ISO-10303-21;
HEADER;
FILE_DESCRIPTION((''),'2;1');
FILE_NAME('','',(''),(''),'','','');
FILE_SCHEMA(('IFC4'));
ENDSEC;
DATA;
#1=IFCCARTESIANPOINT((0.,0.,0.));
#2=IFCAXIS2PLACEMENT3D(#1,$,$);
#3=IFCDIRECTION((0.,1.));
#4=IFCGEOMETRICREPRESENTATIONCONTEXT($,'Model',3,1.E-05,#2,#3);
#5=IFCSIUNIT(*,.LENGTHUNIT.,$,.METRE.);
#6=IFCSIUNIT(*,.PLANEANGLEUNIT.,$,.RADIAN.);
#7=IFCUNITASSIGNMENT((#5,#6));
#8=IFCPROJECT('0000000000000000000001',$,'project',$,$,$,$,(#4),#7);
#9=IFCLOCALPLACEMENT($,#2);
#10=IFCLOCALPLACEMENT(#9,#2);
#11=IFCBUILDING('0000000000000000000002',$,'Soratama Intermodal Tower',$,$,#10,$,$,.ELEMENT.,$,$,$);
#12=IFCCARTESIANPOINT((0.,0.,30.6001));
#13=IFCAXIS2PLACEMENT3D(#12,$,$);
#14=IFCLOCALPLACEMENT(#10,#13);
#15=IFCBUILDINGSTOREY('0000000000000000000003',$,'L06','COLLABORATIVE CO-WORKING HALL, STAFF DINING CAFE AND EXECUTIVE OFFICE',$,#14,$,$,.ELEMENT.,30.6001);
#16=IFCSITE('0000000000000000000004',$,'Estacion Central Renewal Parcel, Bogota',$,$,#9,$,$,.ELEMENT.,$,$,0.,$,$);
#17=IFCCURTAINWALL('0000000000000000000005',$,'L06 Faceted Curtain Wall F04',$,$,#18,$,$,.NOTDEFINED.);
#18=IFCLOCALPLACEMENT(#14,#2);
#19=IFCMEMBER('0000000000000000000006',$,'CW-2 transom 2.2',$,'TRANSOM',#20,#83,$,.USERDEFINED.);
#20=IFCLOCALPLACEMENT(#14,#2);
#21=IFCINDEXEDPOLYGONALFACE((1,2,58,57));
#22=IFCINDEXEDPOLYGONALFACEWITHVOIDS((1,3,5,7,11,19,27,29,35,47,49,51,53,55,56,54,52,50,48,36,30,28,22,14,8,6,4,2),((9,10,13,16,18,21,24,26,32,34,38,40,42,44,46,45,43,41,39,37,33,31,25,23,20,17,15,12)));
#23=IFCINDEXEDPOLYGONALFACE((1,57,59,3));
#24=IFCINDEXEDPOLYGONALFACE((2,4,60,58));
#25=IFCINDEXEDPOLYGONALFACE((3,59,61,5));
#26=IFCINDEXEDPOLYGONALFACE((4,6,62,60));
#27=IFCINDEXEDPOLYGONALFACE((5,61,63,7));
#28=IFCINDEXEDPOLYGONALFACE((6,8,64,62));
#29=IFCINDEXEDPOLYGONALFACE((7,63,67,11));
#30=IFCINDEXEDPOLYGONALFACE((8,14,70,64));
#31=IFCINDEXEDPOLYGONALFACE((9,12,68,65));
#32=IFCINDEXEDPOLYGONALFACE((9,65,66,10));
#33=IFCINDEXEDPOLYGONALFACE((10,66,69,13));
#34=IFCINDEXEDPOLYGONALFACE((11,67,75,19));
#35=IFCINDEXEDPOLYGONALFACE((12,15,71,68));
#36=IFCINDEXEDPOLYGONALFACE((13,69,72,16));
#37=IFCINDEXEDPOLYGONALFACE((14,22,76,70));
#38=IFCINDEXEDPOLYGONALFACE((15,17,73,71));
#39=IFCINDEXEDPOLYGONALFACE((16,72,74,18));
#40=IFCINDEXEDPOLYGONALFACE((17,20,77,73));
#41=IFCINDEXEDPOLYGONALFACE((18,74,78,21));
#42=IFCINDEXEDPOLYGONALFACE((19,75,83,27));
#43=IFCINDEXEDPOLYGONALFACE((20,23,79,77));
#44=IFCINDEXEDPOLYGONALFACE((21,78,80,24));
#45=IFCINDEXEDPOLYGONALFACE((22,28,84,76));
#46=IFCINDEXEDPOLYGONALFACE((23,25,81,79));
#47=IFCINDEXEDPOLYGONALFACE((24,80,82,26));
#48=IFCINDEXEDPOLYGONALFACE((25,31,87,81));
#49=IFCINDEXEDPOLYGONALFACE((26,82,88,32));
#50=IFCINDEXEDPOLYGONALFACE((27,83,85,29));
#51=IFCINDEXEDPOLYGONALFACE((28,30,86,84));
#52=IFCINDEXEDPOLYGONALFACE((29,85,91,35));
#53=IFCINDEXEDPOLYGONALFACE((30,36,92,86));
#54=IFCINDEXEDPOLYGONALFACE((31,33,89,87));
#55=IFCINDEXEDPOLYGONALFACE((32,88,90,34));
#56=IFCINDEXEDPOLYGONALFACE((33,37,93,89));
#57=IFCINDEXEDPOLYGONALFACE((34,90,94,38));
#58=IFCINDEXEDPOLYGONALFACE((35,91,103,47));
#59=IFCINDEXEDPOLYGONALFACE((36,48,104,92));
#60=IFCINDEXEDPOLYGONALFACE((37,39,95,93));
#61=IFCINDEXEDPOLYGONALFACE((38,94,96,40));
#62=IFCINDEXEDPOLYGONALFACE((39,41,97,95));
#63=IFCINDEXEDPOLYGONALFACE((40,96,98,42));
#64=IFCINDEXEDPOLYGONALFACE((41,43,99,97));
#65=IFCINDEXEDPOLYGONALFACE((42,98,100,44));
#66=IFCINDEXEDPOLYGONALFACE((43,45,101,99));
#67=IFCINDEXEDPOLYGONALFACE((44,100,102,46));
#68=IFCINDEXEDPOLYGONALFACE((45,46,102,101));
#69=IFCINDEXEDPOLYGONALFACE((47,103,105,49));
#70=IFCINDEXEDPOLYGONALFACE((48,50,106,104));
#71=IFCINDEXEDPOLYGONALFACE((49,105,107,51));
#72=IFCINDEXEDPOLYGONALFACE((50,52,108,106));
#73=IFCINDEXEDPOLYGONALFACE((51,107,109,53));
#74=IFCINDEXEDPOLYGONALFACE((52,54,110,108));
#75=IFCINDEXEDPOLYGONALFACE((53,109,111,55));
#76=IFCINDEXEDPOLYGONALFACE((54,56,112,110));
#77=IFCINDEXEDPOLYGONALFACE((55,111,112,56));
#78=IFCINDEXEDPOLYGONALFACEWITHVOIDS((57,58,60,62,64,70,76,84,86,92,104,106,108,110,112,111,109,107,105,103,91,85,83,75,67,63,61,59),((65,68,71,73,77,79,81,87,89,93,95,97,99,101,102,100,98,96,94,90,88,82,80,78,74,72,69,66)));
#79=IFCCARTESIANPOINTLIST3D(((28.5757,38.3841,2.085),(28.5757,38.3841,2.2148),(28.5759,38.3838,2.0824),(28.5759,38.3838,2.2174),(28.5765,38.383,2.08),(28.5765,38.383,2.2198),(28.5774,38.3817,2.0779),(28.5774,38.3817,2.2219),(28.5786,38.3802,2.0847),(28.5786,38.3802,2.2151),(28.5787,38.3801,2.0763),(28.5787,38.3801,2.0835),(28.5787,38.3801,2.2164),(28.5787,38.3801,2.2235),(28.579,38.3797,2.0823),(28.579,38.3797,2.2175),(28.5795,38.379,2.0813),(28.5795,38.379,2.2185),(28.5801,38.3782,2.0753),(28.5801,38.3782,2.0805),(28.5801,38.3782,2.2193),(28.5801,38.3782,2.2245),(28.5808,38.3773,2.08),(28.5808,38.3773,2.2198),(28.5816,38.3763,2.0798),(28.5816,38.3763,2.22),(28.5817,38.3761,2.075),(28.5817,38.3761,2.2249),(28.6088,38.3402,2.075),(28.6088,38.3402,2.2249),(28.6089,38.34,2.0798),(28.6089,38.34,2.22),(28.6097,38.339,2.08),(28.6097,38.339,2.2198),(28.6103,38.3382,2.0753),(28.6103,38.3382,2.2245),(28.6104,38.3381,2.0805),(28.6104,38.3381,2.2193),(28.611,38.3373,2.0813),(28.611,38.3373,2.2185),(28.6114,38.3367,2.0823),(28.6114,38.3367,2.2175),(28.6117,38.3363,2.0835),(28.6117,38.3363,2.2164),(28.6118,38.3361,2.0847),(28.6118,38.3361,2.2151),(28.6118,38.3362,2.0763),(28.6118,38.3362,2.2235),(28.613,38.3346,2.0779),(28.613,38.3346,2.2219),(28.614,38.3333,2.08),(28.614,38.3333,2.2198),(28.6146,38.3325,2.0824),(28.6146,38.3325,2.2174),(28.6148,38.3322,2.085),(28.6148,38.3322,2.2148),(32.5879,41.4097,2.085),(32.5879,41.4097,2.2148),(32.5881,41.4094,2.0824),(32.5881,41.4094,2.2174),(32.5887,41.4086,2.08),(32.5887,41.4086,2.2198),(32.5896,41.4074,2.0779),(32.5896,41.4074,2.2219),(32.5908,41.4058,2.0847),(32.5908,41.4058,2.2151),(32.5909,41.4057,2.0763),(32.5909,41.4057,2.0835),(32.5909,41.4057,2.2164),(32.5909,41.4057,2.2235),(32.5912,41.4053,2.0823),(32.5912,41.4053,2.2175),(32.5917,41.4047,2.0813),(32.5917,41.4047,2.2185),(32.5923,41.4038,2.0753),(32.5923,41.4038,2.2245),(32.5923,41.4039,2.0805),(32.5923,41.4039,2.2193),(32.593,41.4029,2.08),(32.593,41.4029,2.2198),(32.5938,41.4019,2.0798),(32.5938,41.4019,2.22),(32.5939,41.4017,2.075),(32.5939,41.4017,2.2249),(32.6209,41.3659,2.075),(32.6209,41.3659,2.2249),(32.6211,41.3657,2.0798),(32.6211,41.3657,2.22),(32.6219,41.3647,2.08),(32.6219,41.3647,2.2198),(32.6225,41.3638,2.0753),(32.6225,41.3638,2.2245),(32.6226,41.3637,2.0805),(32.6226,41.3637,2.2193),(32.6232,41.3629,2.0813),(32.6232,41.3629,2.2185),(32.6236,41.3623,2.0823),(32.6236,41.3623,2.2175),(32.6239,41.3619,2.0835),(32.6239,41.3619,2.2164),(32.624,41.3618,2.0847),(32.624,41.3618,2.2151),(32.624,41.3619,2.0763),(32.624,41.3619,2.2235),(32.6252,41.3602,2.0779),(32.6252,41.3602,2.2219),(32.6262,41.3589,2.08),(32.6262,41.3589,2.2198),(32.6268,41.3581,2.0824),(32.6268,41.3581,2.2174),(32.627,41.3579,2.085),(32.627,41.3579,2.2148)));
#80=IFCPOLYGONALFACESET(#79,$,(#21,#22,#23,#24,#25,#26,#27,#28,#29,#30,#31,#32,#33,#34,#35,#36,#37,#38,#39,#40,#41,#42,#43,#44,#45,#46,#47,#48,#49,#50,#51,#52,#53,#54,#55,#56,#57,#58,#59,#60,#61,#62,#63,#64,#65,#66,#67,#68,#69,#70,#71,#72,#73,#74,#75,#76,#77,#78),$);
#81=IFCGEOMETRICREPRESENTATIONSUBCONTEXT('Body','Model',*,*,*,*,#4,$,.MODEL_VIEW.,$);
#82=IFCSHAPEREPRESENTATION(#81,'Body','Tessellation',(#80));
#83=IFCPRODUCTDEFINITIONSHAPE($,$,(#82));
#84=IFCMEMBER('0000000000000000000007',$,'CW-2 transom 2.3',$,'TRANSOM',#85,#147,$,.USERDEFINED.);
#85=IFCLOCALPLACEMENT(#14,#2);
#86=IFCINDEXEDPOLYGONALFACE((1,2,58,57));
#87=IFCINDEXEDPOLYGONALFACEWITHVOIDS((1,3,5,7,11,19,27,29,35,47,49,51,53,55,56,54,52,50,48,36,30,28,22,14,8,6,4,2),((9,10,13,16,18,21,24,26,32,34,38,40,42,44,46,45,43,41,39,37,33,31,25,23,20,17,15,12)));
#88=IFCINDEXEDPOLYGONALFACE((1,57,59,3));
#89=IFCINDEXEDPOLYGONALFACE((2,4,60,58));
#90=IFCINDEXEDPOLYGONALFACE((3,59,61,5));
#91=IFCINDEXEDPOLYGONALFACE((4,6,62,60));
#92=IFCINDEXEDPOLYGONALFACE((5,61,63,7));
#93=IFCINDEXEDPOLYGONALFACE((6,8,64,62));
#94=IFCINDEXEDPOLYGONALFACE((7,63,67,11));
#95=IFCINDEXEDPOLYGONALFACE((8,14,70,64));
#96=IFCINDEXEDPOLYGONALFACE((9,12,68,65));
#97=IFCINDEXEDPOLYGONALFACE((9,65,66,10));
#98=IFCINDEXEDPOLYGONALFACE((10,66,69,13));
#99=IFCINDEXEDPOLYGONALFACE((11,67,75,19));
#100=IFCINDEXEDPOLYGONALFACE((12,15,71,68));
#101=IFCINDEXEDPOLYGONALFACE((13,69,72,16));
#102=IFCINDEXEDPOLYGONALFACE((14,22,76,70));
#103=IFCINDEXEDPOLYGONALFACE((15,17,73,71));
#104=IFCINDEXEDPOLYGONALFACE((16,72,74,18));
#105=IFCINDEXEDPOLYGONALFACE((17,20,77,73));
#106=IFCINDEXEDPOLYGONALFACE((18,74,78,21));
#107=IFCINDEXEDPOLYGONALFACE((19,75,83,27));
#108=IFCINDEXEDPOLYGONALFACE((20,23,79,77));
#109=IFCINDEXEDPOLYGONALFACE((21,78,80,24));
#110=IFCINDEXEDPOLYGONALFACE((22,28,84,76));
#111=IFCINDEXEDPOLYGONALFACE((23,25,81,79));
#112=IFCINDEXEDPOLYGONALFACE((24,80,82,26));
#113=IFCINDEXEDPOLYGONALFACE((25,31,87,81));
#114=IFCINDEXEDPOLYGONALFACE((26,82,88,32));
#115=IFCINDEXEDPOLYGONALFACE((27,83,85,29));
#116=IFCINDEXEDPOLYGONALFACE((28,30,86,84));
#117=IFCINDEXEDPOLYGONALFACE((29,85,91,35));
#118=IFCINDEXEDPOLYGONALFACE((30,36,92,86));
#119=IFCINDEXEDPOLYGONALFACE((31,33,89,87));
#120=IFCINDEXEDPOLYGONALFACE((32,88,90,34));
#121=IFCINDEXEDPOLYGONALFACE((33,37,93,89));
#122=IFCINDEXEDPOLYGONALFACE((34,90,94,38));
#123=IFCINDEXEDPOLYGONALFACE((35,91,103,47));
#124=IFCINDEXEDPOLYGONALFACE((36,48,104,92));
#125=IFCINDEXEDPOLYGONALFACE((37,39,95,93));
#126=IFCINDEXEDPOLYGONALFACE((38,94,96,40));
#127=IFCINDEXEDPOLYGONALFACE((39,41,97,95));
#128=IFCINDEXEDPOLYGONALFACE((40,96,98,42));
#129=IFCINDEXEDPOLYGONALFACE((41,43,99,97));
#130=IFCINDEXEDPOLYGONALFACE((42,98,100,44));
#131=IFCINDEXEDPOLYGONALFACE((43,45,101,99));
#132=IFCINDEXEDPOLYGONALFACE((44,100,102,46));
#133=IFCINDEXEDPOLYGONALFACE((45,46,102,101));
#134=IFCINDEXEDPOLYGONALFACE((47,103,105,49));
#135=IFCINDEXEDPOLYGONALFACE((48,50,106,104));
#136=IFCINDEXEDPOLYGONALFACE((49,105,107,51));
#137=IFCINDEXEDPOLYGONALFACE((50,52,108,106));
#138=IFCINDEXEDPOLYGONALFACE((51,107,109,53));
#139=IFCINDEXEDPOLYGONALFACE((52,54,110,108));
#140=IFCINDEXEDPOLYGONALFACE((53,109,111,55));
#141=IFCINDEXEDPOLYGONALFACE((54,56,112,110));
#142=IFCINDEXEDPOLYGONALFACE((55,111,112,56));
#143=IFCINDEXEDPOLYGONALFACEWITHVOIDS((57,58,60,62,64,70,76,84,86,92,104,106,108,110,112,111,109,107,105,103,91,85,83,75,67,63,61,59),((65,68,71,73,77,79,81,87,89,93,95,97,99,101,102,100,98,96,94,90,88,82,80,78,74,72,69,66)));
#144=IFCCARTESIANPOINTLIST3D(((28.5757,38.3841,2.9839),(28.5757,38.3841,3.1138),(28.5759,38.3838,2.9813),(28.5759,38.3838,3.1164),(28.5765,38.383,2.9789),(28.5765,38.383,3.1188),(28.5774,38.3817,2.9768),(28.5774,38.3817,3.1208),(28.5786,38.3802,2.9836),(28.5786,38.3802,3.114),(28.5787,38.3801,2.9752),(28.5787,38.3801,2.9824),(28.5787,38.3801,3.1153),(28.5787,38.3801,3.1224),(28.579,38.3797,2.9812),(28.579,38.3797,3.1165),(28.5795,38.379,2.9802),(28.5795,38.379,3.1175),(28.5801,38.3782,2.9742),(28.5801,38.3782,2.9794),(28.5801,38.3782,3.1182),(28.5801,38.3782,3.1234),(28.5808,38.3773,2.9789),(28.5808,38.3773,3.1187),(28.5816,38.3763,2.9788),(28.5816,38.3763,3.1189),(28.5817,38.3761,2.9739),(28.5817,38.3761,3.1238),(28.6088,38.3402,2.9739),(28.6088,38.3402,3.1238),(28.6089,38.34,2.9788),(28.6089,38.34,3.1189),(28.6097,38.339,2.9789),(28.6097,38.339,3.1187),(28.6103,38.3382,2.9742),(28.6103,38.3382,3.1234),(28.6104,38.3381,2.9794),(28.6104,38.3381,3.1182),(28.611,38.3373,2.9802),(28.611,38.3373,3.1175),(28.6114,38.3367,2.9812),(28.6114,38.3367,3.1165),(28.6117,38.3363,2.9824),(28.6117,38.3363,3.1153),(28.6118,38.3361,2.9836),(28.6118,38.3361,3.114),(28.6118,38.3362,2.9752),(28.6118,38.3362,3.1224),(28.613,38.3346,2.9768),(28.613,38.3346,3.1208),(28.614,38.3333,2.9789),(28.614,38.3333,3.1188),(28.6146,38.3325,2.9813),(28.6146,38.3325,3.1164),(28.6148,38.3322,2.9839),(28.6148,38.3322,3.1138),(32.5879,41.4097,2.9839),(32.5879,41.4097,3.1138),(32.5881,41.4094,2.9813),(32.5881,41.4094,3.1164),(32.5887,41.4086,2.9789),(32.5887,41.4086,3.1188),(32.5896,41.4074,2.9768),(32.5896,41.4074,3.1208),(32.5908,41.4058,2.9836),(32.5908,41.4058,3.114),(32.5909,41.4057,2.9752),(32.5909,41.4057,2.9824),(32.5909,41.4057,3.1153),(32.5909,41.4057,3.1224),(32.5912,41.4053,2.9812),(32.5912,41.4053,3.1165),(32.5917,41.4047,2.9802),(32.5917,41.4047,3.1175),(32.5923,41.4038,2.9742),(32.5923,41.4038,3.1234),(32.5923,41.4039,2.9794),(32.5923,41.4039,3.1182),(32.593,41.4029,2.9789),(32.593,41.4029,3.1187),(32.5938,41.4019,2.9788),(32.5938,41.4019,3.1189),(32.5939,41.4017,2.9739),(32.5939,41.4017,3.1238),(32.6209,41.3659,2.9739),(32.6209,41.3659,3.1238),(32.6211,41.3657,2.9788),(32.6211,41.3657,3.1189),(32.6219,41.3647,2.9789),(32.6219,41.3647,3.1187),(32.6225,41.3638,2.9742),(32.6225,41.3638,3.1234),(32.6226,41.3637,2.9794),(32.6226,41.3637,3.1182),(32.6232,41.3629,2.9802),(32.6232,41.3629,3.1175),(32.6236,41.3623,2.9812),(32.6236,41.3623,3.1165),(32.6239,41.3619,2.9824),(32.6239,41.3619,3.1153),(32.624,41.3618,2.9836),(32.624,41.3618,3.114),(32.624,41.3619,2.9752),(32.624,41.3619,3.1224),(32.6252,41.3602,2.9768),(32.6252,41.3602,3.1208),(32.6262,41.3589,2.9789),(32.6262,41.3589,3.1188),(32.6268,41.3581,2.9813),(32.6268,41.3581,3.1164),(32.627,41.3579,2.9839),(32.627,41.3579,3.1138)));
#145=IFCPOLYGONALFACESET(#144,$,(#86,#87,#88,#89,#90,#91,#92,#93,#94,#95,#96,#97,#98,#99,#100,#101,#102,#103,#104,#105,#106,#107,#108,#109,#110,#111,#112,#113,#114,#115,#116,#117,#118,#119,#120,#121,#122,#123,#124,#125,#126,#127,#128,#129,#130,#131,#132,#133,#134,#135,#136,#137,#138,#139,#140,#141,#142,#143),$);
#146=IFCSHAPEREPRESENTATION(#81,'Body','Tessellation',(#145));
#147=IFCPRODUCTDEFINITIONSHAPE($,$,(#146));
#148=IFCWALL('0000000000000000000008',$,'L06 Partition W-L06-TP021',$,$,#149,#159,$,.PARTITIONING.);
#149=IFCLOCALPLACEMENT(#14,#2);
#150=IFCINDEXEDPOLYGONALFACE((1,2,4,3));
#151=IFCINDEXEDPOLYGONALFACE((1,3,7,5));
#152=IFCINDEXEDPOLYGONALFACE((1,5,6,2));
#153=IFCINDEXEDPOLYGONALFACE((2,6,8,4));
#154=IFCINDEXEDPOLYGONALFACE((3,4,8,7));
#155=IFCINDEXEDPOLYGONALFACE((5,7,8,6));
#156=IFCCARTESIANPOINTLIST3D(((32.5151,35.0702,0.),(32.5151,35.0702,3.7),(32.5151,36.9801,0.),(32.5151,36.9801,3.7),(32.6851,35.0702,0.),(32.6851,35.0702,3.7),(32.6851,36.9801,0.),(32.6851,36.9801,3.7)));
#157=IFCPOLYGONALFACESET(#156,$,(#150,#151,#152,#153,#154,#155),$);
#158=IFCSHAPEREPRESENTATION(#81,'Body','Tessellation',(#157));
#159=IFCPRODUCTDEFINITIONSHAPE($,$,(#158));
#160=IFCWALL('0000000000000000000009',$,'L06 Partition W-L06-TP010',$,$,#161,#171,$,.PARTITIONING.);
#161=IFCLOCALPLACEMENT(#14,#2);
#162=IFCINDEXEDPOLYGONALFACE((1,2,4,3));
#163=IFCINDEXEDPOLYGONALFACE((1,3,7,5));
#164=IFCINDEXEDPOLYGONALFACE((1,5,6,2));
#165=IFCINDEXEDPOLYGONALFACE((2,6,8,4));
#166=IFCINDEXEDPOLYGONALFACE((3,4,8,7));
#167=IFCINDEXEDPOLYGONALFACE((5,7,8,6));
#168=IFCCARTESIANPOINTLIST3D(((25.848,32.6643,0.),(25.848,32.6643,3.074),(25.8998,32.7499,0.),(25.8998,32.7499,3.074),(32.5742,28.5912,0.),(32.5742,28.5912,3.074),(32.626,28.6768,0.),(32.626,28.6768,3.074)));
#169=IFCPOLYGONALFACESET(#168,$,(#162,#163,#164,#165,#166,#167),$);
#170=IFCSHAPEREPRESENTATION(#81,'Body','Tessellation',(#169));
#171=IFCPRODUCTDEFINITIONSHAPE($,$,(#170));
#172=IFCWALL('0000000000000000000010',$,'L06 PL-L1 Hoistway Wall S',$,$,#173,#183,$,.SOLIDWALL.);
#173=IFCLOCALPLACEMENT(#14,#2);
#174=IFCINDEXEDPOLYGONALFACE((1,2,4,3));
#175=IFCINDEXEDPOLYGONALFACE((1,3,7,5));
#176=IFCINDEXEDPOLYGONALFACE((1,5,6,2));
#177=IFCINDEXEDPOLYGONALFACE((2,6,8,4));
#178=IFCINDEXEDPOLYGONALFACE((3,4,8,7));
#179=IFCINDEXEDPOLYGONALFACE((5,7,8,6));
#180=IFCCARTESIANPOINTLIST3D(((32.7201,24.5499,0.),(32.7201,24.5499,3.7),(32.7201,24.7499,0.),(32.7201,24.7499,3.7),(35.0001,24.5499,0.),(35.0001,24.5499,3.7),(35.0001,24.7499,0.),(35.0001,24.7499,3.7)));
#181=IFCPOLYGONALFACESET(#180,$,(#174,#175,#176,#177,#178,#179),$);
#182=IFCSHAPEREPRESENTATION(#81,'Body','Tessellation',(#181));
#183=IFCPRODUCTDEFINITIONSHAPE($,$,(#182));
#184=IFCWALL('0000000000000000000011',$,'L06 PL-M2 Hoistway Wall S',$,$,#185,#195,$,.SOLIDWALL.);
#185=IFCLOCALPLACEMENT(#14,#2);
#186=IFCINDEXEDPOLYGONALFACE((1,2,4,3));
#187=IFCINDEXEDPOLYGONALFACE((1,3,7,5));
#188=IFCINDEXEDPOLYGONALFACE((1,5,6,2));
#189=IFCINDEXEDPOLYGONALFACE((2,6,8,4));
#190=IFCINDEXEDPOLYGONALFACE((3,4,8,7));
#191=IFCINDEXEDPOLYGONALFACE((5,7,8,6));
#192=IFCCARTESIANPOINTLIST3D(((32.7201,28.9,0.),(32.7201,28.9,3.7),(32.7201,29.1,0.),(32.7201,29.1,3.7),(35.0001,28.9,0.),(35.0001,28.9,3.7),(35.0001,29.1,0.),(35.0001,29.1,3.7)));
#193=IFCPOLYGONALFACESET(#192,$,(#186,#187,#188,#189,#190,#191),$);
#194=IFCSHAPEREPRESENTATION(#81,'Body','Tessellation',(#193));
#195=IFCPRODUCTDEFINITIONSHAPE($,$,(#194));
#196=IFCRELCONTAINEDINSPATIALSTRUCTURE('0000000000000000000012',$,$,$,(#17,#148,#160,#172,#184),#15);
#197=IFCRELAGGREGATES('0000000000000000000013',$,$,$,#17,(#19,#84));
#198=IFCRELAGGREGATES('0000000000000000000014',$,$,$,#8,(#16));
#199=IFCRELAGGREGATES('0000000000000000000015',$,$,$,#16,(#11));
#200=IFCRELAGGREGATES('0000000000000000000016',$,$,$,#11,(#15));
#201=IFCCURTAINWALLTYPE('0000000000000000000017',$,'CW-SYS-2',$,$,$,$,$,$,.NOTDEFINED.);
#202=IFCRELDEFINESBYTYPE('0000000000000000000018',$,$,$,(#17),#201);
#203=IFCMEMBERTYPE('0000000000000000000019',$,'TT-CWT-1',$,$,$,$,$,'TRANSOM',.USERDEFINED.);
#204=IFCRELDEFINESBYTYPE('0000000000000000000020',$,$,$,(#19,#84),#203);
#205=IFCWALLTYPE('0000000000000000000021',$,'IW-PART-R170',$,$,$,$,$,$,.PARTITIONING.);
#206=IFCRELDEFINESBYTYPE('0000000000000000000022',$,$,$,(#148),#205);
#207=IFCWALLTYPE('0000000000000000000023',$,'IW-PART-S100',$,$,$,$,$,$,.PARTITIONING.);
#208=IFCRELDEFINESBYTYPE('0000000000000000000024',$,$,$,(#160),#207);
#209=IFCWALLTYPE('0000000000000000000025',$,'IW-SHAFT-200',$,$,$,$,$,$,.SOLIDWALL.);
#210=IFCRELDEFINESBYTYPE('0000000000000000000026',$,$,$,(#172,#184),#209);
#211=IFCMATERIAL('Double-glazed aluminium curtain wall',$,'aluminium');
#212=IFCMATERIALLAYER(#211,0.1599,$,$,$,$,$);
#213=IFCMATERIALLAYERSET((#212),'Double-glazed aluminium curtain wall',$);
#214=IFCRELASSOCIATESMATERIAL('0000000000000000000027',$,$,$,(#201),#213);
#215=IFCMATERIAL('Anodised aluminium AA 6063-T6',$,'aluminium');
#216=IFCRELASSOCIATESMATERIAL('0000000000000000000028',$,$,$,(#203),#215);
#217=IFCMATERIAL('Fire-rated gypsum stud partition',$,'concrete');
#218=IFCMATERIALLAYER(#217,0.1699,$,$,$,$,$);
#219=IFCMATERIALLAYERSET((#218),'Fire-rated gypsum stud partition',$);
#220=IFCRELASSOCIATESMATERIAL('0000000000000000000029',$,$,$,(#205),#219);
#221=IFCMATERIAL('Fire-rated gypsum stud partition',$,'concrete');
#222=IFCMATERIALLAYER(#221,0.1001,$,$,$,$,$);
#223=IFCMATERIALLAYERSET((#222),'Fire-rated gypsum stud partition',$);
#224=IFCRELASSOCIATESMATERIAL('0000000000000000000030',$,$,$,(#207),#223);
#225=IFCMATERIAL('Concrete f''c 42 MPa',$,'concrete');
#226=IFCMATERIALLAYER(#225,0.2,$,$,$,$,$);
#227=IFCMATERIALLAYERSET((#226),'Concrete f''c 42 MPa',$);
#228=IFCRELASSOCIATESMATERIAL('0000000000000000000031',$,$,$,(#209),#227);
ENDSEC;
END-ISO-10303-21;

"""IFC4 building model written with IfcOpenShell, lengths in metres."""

from ifc_helpers import new_model, si_unit, direction, frame, frame_2d, origin, origin_2d, place, context, subcontext, project, spatial, rectangle, hollow_rectangle, extrude, material, layer, layer_set, material_profile, profile_set, type_object, element, aggregate, save


model = new_model("IFC4")

# Units and contexts
model_context = context("Model", 3, precision=1e-05, world=origin(), true_north=direction((0.0, 1.0)))
body_context = subcontext(model_context, "Body", "Model", "MODEL_VIEW")
ifc_project = project(units=[si_unit("LENGTHUNIT", "METRE"), si_unit("PLANEANGLEUNIT", "RADIAN")], contexts=[model_context])

# Site, building, storey
site_placement = place(None, origin())
site = spatial("IfcSite", under=ifc_project, at=site_placement, Name="Estacion Central Renewal Parcel, Bogota", CompositionType="ELEMENT", RefElevation=0.0)
building_placement = place(site_placement, origin())
building = spatial("IfcBuilding", under=site, at=building_placement, Name="Soratama Intermodal Tower", CompositionType="ELEMENT")
storey_placement = place(building_placement, frame((0.0, 0.0, 30.6001)))
storey = spatial("IfcBuildingStorey", under=building, at=storey_placement, Name="L06", Description="COLLABORATIVE CO-WORKING HALL, STAFF DINING CAFE AND EXECUTIVE OFFICE", CompositionType="ELEMENT", Elevation=30.6001)

# Curtain wall, members
ifc_material_1 = material(Name="Double-glazed aluminium curtain wall", Category="aluminium")
ifc_layer_1 = layer(ifc_material_1, 0.1599)
ifc_layer_set_1 = layer_set([ifc_layer_1], Name="Double-glazed aluminium curtain wall")
curtain_wall_type = type_object("IfcCurtainWallType", Name="CW-SYS-2", PredefinedType="NOTDEFINED", material=ifc_layer_set_1)
curtain_wall_placement = place(storey_placement, origin())
curtain_wall = element("IfcCurtainWall", 1, at=curtain_wall_placement, inside=storey, type_object=curtain_wall_type, Name="L06 Faceted Curtain Wall F04", PredefinedType="NOTDEFINED")
ifc_material_2 = material(Name="Anodised aluminium AA 6063-T6", Category="aluminium")
ifc_material_profile_1 = material_profile(ifc_material_2, hollow_rectangle(XDim=0.0649, YDim=0.1499, WallThickness=0.0049, InnerFilletRadius=0.0049, OuterFilletRadius=0.01, at=origin_2d()), Name="CWT150X65X5")
ifc_profile_set_1 = profile_set([ifc_material_profile_1], Name="Anodised aluminium AA 6063-T6")
member_type_1 = type_object("IfcMemberType", Name="TT-CWT-1", ElementType="TRANSOM", PredefinedType="USERDEFINED", material=ifc_profile_set_1)
member_1_placement = place(storey_placement, frame((32.6074, 41.3838, 2.1499), z_axis=(-0.798423, -0.602097, 0.0), x_axis=(0.602097, -0.798423, 0.0)))
member_1 = element("IfcMember", 2, at=member_1_placement, type_object=member_type_1, Name="CW-2 transom 2.2", ObjectType="TRANSOM", PredefinedType="USERDEFINED", context=body_context, shape_type="SweptSolid", body=[
    extrude(hollow_rectangle(XDim=0.0649, YDim=0.1499, WallThickness=0.0049, InnerFilletRadius=0.0049, OuterFilletRadius=0.01, at=origin_2d()), origin(), (0.0, 0.0, 1.0), 5.0251),
])
member_2_placement = place(storey_placement, frame((32.6074, 41.3838, 3.0488), z_axis=(-0.798423, -0.602097, 0.0), x_axis=(0.602097, -0.798423, 0.0)))
member_2 = element("IfcMember", 3, at=member_2_placement, type_object=member_type_1, Name="CW-2 transom 2.3", ObjectType="TRANSOM", PredefinedType="USERDEFINED", context=body_context, shape_type="SweptSolid", body=[
    extrude(hollow_rectangle(XDim=0.0649, YDim=0.1499, WallThickness=0.0049, InnerFilletRadius=0.0049, OuterFilletRadius=0.01, at=origin_2d()), origin(), (0.0, 0.0, 1.0), 5.0251),
])
aggregate(curtain_wall, [member_1, member_2])

# Shared definitions
ifc_material_3 = material(Name="Fire-rated gypsum stud partition", Category="concrete")
ifc_layer_2 = layer(ifc_material_3, 0.1699)
ifc_layer_set_2 = layer_set([ifc_layer_2], Name="Fire-rated gypsum stud partition")
wall_type_1 = type_object("IfcWallType", Name="IW-PART-R170", PredefinedType="PARTITIONING", material=ifc_layer_set_2)

# Walls
wall_1_placement = place(storey_placement, frame((32.6001, 35.0701, 0.0), z_axis=(0.0, 0.0, 1.0), x_axis=(0.0, 1.0, 0.0)))
element("IfcWall", 4, at=wall_1_placement, inside=storey, type_object=wall_type_1, Name="L06 Partition W-L06-TP021", PredefinedType="PARTITIONING", context=body_context, shape_type="SweptSolid", body=[
    extrude(rectangle(XDim=1.9099, YDim=0.1699, at=frame_2d((0.9551, 0.0))), origin(), (0.0, 0.0, 1.0), 3.7),
])
ifc_material_4 = material(Name="Fire-rated gypsum stud partition", Category="concrete")
ifc_layer_3 = layer(ifc_material_4, 0.1001)
ifc_layer_set_3 = layer_set([ifc_layer_3], Name="Fire-rated gypsum stud partition")
wall_type_2 = type_object("IfcWallType", Name="IW-PART-S100", PredefinedType="PARTITIONING", material=ifc_layer_set_3)
wall_2_placement = place(storey_placement, frame((32.6001, 28.634, 0.0), z_axis=(0.0, 0.0, 1.0), x_axis=(-0.85539, 0.517984, 0.0)))
element("IfcWall", 5, at=wall_2_placement, inside=storey, type_object=wall_type_2, Name="L06 Partition W-L06-TP010", PredefinedType="PARTITIONING", context=body_context, shape_type="SweptSolid", body=[
    extrude(rectangle(XDim=7.8633, YDim=0.1001, at=frame_2d((3.9316, 0.0))), origin(), (0.0, 0.0, 1.0), 3.074),
])
ifc_material_5 = material(Name="Concrete f'c 42 MPa", Category="concrete")
ifc_layer_4 = layer(ifc_material_5, 0.2)
ifc_layer_set_4 = layer_set([ifc_layer_4], Name="Concrete f'c 42 MPa")
wall_type_3 = type_object("IfcWallType", Name="IW-SHAFT-200", PredefinedType="SOLIDWALL", material=ifc_layer_set_4)
wall_3_placement = place(storey_placement, frame((32.72, 24.6499, 0.0), z_axis=(0.0, 0.0, 1.0), x_axis=(1.0, 0.0, 0.0)))
element("IfcWall", 6, at=wall_3_placement, inside=storey, type_object=wall_type_3, Name="L06 PL-L1 Hoistway Wall S", PredefinedType="SOLIDWALL", context=body_context, shape_type="SweptSolid", body=[
    extrude(rectangle(XDim=2.28, YDim=0.2, at=frame_2d((1.1401, 0.0))), origin(), (0.0, 0.0, 1.0), 3.7),
])

# Wall
wall_4_placement = place(storey_placement, frame((32.72, 29.0, 0.0), z_axis=(0.0, 0.0, 1.0), x_axis=(1.0, 0.0, 0.0)))
element("IfcWall", 7, at=wall_4_placement, inside=storey, type_object=wall_type_3, Name="L06 PL-M2 Hoistway Wall S", PredefinedType="SOLIDWALL", context=body_context, shape_type="SweptSolid", body=[
    extrude(rectangle(XDim=2.28, YDim=0.2, at=frame_2d((1.1401, 0.0))), origin(), (0.0, 0.0, 1.0), 3.7),
])

save(model, "model.ifc")
